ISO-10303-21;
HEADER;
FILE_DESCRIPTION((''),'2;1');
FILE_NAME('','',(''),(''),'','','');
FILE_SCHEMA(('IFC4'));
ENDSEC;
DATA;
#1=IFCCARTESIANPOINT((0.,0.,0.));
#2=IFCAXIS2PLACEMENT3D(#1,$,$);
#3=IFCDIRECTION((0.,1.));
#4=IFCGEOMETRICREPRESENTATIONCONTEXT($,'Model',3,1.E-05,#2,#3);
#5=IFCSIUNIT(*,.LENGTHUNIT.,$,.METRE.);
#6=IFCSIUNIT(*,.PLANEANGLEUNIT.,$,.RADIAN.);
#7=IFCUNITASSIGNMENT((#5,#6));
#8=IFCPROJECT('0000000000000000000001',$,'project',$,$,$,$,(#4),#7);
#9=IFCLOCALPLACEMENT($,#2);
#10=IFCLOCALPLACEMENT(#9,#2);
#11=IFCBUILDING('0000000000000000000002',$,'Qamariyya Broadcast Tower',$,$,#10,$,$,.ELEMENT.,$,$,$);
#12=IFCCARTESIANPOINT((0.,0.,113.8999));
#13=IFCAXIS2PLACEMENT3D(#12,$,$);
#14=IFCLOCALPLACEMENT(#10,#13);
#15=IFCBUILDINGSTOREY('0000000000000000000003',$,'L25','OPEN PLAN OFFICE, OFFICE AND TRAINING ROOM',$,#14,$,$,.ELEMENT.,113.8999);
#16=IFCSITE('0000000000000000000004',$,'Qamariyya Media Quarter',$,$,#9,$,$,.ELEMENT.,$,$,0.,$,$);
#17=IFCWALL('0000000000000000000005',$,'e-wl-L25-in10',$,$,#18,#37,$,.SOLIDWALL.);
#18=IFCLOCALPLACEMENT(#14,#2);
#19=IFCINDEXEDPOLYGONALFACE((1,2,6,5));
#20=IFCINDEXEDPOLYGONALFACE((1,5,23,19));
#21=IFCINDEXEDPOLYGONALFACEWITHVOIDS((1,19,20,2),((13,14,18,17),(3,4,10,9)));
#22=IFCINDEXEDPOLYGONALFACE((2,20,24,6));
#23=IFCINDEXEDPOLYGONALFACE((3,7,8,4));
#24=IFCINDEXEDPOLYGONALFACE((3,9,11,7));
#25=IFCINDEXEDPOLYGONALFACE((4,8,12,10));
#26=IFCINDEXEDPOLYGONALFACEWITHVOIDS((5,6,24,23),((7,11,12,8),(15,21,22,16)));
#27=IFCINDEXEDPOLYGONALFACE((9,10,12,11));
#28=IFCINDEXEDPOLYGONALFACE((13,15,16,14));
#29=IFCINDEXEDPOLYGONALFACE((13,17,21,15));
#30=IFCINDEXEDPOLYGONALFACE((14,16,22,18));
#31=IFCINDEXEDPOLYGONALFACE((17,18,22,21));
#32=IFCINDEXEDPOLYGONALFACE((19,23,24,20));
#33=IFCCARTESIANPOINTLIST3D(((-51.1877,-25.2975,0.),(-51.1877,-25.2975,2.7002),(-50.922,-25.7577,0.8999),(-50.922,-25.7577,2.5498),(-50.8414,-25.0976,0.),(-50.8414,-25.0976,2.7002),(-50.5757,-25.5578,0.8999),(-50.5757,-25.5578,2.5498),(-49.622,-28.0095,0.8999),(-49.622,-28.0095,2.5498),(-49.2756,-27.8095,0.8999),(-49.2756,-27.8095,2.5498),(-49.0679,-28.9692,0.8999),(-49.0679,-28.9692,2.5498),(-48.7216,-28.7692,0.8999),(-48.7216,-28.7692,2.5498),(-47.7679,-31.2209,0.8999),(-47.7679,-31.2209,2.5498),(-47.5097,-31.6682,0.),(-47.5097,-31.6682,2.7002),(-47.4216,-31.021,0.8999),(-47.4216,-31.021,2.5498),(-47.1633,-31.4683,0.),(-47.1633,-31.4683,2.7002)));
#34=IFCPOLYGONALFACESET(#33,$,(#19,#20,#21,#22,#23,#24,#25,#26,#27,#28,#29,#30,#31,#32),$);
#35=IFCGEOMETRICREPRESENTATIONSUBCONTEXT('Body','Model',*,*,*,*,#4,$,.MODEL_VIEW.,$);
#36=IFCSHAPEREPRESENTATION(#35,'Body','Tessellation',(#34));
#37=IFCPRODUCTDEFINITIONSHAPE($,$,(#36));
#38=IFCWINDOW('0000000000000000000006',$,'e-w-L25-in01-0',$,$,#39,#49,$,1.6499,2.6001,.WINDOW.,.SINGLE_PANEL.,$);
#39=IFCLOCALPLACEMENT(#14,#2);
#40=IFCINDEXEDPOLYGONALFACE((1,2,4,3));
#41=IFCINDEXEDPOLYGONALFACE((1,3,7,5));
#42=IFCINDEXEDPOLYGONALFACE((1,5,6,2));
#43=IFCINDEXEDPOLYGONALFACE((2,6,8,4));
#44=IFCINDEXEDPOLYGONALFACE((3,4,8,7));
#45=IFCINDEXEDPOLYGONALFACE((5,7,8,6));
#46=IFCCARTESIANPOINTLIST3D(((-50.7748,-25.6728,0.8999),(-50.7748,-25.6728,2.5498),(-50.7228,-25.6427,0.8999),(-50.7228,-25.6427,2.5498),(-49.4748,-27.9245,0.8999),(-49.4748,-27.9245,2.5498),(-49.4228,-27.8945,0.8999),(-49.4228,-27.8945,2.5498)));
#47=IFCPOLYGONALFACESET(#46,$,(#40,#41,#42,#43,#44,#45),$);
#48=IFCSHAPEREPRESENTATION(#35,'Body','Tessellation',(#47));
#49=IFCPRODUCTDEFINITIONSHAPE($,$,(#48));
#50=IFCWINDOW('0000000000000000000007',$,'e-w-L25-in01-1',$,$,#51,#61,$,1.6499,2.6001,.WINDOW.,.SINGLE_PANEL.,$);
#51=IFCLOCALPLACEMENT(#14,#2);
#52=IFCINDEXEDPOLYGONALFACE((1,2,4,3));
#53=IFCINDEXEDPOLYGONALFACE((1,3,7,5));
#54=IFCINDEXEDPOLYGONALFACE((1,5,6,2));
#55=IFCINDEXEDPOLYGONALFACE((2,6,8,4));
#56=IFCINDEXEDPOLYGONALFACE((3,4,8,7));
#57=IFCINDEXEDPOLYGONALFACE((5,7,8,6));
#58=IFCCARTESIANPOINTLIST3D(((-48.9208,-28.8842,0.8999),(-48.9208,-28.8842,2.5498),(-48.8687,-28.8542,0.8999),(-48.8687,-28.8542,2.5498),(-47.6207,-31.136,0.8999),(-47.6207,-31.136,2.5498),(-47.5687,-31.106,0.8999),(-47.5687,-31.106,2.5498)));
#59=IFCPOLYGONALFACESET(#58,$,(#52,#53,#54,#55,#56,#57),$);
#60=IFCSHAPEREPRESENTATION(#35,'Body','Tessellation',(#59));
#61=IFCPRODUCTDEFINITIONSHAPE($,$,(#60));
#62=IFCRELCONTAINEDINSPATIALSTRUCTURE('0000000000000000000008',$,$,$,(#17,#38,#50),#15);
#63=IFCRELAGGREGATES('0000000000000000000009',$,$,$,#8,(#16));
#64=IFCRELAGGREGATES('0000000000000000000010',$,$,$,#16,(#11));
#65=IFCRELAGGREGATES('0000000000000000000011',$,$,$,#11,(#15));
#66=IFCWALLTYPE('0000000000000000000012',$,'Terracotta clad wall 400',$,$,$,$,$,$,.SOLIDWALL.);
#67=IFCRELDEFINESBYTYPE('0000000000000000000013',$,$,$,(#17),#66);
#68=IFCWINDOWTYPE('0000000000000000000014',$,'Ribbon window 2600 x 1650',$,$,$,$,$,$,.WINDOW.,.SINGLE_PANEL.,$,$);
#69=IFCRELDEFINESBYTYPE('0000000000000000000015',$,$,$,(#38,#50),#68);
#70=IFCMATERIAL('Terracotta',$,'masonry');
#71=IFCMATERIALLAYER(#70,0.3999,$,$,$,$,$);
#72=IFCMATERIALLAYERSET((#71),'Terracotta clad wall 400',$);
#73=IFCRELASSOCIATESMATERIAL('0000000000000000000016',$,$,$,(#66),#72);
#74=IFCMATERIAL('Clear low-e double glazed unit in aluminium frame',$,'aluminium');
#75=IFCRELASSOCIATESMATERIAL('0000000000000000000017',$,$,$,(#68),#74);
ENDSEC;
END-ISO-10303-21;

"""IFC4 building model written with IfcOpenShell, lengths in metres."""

from ifc_helpers import new_model, si_unit, direction, frame, frame_2d, origin, place, context, subcontext, project, spatial, rectangle, extrude, material, layer, layer_set, type_object, element, fill, save


model = new_model("IFC4")

# Units and contexts
model_context = context("Model", 3, precision=1e-05, world=origin(), true_north=direction((0.0, 1.0)))
body_context = subcontext(model_context, "Body", "Model", "MODEL_VIEW")
ifc_project = project(units=[si_unit("LENGTHUNIT", "METRE"), si_unit("PLANEANGLEUNIT", "RADIAN")], contexts=[model_context])

# Site, building, storey
site_placement = place(None, origin())
site = spatial("IfcSite", under=ifc_project, at=site_placement, Name="Qamariyya Media Quarter", CompositionType="ELEMENT", RefElevation=0.0)
building_placement = place(site_placement, origin())
building = spatial("IfcBuilding", under=site, at=building_placement, Name="Qamariyya Broadcast Tower", CompositionType="ELEMENT")
storey_placement = place(building_placement, frame((0.0, 0.0, 113.8999)))
storey = spatial("IfcBuildingStorey", under=building, at=storey_placement, Name="L25", Description="OPEN PLAN OFFICE, OFFICE AND TRAINING ROOM", CompositionType="ELEMENT", Elevation=113.8999)

# Shared definitions
ifc_material_1 = material(Name="Terracotta", Category="masonry")
ifc_layer = layer(ifc_material_1, 0.3999)
ifc_layer_set = layer_set([ifc_layer], Name="Terracotta clad wall 400")
wall_type = type_object("IfcWallType", Name="Terracotta clad wall 400", PredefinedType="SOLIDWALL", material=ifc_layer_set)
ifc_material_2 = material(Name="Clear low-e double glazed unit in aluminium frame", Category="aluminium")

# Wall, openings, windows
wall_1_placement = place(storey_placement, frame((-47.3364, -31.5684, 0.0), z_axis=(0.0, 0.0, 1.0), x_axis=(-0.499991, 0.866031, 0.0)))
wall_1 = element("IfcWall", 1, at=wall_1_placement, inside=storey, type_object=wall_type, Name="e-wl-L25-in10", PredefinedType="SOLIDWALL", context=body_context, shape_type="SweptSolid", body=[
    extrude(rectangle(XDim=7.3562, YDim=0.3999, at=frame_2d((3.6782, 0.0))), origin(), (0.0, 0.0, 1.0), 2.7002),
])
opening_1_placement = place(wall_1_placement, frame((4.2249, 0.0, 0.8999)))
opening_1 = element("IfcOpeningElement", 2, at=opening_1_placement, cuts=wall_1, PredefinedType="OPENING", context=body_context, shape_type="SweptSolid", body=[
    extrude(rectangle(XDim=2.6001, YDim=1.6499, at=frame_2d((1.3, 0.825))), frame((0.0, 0.21, 0.0), z_axis=(0.0, -1.0, 0.0), x_axis=(1.0, 0.0, 0.0)), (0.0, 0.0, 1.0), 0.4199),
])
opening_2_placement = place(wall_1_placement, frame((0.5166, 0.0, 0.8999)))
opening_2 = element("IfcOpeningElement", 3, at=opening_2_placement, cuts=wall_1, PredefinedType="OPENING", context=body_context, shape_type="SweptSolid", body=[
    extrude(rectangle(XDim=2.6001, YDim=1.6499, at=frame_2d((1.3, 0.825))), frame((0.0, 0.21, 0.0), z_axis=(0.0, -1.0, 0.0), x_axis=(1.0, 0.0, 0.0)), (0.0, 0.0, 1.0), 0.4199),
])
window_type_1 = type_object("IfcWindowType", Name="Ribbon window 2600 x 1650", PartitioningType="SINGLE_PANEL", PredefinedType="WINDOW", material=ifc_material_2)
window_1_placement = place(opening_1_placement, origin())
window_1 = element("IfcWindow", 4, at=window_1_placement, inside=storey, type_object=window_type_1, Name="e-w-L25-in01-0", OverallHeight=1.6499, OverallWidth=2.6001, PartitioningType="SINGLE_PANEL", PredefinedType="WINDOW", context=body_context, shape_type="SweptSolid", body=[
    extrude(rectangle(XDim=2.6001, YDim=1.6499, at=frame_2d((1.3, 0.825))), frame((0.0, 0.03, 0.0), z_axis=(0.0, -1.0, 0.0), x_axis=(1.0, 0.0, 0.0)), (0.0, 0.0, 1.0), 0.0601),
])
fill(opening_1, window_1)
window_2_placement = place(opening_2_placement, origin())
window_2 = element("IfcWindow", 5, at=window_2_placement, inside=storey, type_object=window_type_1, Name="e-w-L25-in01-1", OverallHeight=1.6499, OverallWidth=2.6001, PartitioningType="SINGLE_PANEL", PredefinedType="WINDOW", context=body_context, shape_type="SweptSolid", body=[
    extrude(rectangle(XDim=2.6001, YDim=1.6499, at=frame_2d((1.3, 0.825))), frame((0.0, 0.03, 0.0), z_axis=(0.0, -1.0, 0.0), x_axis=(1.0, 0.0, 0.0)), (0.0, 0.0, 1.0), 0.0601),
])
fill(opening_2, window_2)

save(model, "model.ifc")
